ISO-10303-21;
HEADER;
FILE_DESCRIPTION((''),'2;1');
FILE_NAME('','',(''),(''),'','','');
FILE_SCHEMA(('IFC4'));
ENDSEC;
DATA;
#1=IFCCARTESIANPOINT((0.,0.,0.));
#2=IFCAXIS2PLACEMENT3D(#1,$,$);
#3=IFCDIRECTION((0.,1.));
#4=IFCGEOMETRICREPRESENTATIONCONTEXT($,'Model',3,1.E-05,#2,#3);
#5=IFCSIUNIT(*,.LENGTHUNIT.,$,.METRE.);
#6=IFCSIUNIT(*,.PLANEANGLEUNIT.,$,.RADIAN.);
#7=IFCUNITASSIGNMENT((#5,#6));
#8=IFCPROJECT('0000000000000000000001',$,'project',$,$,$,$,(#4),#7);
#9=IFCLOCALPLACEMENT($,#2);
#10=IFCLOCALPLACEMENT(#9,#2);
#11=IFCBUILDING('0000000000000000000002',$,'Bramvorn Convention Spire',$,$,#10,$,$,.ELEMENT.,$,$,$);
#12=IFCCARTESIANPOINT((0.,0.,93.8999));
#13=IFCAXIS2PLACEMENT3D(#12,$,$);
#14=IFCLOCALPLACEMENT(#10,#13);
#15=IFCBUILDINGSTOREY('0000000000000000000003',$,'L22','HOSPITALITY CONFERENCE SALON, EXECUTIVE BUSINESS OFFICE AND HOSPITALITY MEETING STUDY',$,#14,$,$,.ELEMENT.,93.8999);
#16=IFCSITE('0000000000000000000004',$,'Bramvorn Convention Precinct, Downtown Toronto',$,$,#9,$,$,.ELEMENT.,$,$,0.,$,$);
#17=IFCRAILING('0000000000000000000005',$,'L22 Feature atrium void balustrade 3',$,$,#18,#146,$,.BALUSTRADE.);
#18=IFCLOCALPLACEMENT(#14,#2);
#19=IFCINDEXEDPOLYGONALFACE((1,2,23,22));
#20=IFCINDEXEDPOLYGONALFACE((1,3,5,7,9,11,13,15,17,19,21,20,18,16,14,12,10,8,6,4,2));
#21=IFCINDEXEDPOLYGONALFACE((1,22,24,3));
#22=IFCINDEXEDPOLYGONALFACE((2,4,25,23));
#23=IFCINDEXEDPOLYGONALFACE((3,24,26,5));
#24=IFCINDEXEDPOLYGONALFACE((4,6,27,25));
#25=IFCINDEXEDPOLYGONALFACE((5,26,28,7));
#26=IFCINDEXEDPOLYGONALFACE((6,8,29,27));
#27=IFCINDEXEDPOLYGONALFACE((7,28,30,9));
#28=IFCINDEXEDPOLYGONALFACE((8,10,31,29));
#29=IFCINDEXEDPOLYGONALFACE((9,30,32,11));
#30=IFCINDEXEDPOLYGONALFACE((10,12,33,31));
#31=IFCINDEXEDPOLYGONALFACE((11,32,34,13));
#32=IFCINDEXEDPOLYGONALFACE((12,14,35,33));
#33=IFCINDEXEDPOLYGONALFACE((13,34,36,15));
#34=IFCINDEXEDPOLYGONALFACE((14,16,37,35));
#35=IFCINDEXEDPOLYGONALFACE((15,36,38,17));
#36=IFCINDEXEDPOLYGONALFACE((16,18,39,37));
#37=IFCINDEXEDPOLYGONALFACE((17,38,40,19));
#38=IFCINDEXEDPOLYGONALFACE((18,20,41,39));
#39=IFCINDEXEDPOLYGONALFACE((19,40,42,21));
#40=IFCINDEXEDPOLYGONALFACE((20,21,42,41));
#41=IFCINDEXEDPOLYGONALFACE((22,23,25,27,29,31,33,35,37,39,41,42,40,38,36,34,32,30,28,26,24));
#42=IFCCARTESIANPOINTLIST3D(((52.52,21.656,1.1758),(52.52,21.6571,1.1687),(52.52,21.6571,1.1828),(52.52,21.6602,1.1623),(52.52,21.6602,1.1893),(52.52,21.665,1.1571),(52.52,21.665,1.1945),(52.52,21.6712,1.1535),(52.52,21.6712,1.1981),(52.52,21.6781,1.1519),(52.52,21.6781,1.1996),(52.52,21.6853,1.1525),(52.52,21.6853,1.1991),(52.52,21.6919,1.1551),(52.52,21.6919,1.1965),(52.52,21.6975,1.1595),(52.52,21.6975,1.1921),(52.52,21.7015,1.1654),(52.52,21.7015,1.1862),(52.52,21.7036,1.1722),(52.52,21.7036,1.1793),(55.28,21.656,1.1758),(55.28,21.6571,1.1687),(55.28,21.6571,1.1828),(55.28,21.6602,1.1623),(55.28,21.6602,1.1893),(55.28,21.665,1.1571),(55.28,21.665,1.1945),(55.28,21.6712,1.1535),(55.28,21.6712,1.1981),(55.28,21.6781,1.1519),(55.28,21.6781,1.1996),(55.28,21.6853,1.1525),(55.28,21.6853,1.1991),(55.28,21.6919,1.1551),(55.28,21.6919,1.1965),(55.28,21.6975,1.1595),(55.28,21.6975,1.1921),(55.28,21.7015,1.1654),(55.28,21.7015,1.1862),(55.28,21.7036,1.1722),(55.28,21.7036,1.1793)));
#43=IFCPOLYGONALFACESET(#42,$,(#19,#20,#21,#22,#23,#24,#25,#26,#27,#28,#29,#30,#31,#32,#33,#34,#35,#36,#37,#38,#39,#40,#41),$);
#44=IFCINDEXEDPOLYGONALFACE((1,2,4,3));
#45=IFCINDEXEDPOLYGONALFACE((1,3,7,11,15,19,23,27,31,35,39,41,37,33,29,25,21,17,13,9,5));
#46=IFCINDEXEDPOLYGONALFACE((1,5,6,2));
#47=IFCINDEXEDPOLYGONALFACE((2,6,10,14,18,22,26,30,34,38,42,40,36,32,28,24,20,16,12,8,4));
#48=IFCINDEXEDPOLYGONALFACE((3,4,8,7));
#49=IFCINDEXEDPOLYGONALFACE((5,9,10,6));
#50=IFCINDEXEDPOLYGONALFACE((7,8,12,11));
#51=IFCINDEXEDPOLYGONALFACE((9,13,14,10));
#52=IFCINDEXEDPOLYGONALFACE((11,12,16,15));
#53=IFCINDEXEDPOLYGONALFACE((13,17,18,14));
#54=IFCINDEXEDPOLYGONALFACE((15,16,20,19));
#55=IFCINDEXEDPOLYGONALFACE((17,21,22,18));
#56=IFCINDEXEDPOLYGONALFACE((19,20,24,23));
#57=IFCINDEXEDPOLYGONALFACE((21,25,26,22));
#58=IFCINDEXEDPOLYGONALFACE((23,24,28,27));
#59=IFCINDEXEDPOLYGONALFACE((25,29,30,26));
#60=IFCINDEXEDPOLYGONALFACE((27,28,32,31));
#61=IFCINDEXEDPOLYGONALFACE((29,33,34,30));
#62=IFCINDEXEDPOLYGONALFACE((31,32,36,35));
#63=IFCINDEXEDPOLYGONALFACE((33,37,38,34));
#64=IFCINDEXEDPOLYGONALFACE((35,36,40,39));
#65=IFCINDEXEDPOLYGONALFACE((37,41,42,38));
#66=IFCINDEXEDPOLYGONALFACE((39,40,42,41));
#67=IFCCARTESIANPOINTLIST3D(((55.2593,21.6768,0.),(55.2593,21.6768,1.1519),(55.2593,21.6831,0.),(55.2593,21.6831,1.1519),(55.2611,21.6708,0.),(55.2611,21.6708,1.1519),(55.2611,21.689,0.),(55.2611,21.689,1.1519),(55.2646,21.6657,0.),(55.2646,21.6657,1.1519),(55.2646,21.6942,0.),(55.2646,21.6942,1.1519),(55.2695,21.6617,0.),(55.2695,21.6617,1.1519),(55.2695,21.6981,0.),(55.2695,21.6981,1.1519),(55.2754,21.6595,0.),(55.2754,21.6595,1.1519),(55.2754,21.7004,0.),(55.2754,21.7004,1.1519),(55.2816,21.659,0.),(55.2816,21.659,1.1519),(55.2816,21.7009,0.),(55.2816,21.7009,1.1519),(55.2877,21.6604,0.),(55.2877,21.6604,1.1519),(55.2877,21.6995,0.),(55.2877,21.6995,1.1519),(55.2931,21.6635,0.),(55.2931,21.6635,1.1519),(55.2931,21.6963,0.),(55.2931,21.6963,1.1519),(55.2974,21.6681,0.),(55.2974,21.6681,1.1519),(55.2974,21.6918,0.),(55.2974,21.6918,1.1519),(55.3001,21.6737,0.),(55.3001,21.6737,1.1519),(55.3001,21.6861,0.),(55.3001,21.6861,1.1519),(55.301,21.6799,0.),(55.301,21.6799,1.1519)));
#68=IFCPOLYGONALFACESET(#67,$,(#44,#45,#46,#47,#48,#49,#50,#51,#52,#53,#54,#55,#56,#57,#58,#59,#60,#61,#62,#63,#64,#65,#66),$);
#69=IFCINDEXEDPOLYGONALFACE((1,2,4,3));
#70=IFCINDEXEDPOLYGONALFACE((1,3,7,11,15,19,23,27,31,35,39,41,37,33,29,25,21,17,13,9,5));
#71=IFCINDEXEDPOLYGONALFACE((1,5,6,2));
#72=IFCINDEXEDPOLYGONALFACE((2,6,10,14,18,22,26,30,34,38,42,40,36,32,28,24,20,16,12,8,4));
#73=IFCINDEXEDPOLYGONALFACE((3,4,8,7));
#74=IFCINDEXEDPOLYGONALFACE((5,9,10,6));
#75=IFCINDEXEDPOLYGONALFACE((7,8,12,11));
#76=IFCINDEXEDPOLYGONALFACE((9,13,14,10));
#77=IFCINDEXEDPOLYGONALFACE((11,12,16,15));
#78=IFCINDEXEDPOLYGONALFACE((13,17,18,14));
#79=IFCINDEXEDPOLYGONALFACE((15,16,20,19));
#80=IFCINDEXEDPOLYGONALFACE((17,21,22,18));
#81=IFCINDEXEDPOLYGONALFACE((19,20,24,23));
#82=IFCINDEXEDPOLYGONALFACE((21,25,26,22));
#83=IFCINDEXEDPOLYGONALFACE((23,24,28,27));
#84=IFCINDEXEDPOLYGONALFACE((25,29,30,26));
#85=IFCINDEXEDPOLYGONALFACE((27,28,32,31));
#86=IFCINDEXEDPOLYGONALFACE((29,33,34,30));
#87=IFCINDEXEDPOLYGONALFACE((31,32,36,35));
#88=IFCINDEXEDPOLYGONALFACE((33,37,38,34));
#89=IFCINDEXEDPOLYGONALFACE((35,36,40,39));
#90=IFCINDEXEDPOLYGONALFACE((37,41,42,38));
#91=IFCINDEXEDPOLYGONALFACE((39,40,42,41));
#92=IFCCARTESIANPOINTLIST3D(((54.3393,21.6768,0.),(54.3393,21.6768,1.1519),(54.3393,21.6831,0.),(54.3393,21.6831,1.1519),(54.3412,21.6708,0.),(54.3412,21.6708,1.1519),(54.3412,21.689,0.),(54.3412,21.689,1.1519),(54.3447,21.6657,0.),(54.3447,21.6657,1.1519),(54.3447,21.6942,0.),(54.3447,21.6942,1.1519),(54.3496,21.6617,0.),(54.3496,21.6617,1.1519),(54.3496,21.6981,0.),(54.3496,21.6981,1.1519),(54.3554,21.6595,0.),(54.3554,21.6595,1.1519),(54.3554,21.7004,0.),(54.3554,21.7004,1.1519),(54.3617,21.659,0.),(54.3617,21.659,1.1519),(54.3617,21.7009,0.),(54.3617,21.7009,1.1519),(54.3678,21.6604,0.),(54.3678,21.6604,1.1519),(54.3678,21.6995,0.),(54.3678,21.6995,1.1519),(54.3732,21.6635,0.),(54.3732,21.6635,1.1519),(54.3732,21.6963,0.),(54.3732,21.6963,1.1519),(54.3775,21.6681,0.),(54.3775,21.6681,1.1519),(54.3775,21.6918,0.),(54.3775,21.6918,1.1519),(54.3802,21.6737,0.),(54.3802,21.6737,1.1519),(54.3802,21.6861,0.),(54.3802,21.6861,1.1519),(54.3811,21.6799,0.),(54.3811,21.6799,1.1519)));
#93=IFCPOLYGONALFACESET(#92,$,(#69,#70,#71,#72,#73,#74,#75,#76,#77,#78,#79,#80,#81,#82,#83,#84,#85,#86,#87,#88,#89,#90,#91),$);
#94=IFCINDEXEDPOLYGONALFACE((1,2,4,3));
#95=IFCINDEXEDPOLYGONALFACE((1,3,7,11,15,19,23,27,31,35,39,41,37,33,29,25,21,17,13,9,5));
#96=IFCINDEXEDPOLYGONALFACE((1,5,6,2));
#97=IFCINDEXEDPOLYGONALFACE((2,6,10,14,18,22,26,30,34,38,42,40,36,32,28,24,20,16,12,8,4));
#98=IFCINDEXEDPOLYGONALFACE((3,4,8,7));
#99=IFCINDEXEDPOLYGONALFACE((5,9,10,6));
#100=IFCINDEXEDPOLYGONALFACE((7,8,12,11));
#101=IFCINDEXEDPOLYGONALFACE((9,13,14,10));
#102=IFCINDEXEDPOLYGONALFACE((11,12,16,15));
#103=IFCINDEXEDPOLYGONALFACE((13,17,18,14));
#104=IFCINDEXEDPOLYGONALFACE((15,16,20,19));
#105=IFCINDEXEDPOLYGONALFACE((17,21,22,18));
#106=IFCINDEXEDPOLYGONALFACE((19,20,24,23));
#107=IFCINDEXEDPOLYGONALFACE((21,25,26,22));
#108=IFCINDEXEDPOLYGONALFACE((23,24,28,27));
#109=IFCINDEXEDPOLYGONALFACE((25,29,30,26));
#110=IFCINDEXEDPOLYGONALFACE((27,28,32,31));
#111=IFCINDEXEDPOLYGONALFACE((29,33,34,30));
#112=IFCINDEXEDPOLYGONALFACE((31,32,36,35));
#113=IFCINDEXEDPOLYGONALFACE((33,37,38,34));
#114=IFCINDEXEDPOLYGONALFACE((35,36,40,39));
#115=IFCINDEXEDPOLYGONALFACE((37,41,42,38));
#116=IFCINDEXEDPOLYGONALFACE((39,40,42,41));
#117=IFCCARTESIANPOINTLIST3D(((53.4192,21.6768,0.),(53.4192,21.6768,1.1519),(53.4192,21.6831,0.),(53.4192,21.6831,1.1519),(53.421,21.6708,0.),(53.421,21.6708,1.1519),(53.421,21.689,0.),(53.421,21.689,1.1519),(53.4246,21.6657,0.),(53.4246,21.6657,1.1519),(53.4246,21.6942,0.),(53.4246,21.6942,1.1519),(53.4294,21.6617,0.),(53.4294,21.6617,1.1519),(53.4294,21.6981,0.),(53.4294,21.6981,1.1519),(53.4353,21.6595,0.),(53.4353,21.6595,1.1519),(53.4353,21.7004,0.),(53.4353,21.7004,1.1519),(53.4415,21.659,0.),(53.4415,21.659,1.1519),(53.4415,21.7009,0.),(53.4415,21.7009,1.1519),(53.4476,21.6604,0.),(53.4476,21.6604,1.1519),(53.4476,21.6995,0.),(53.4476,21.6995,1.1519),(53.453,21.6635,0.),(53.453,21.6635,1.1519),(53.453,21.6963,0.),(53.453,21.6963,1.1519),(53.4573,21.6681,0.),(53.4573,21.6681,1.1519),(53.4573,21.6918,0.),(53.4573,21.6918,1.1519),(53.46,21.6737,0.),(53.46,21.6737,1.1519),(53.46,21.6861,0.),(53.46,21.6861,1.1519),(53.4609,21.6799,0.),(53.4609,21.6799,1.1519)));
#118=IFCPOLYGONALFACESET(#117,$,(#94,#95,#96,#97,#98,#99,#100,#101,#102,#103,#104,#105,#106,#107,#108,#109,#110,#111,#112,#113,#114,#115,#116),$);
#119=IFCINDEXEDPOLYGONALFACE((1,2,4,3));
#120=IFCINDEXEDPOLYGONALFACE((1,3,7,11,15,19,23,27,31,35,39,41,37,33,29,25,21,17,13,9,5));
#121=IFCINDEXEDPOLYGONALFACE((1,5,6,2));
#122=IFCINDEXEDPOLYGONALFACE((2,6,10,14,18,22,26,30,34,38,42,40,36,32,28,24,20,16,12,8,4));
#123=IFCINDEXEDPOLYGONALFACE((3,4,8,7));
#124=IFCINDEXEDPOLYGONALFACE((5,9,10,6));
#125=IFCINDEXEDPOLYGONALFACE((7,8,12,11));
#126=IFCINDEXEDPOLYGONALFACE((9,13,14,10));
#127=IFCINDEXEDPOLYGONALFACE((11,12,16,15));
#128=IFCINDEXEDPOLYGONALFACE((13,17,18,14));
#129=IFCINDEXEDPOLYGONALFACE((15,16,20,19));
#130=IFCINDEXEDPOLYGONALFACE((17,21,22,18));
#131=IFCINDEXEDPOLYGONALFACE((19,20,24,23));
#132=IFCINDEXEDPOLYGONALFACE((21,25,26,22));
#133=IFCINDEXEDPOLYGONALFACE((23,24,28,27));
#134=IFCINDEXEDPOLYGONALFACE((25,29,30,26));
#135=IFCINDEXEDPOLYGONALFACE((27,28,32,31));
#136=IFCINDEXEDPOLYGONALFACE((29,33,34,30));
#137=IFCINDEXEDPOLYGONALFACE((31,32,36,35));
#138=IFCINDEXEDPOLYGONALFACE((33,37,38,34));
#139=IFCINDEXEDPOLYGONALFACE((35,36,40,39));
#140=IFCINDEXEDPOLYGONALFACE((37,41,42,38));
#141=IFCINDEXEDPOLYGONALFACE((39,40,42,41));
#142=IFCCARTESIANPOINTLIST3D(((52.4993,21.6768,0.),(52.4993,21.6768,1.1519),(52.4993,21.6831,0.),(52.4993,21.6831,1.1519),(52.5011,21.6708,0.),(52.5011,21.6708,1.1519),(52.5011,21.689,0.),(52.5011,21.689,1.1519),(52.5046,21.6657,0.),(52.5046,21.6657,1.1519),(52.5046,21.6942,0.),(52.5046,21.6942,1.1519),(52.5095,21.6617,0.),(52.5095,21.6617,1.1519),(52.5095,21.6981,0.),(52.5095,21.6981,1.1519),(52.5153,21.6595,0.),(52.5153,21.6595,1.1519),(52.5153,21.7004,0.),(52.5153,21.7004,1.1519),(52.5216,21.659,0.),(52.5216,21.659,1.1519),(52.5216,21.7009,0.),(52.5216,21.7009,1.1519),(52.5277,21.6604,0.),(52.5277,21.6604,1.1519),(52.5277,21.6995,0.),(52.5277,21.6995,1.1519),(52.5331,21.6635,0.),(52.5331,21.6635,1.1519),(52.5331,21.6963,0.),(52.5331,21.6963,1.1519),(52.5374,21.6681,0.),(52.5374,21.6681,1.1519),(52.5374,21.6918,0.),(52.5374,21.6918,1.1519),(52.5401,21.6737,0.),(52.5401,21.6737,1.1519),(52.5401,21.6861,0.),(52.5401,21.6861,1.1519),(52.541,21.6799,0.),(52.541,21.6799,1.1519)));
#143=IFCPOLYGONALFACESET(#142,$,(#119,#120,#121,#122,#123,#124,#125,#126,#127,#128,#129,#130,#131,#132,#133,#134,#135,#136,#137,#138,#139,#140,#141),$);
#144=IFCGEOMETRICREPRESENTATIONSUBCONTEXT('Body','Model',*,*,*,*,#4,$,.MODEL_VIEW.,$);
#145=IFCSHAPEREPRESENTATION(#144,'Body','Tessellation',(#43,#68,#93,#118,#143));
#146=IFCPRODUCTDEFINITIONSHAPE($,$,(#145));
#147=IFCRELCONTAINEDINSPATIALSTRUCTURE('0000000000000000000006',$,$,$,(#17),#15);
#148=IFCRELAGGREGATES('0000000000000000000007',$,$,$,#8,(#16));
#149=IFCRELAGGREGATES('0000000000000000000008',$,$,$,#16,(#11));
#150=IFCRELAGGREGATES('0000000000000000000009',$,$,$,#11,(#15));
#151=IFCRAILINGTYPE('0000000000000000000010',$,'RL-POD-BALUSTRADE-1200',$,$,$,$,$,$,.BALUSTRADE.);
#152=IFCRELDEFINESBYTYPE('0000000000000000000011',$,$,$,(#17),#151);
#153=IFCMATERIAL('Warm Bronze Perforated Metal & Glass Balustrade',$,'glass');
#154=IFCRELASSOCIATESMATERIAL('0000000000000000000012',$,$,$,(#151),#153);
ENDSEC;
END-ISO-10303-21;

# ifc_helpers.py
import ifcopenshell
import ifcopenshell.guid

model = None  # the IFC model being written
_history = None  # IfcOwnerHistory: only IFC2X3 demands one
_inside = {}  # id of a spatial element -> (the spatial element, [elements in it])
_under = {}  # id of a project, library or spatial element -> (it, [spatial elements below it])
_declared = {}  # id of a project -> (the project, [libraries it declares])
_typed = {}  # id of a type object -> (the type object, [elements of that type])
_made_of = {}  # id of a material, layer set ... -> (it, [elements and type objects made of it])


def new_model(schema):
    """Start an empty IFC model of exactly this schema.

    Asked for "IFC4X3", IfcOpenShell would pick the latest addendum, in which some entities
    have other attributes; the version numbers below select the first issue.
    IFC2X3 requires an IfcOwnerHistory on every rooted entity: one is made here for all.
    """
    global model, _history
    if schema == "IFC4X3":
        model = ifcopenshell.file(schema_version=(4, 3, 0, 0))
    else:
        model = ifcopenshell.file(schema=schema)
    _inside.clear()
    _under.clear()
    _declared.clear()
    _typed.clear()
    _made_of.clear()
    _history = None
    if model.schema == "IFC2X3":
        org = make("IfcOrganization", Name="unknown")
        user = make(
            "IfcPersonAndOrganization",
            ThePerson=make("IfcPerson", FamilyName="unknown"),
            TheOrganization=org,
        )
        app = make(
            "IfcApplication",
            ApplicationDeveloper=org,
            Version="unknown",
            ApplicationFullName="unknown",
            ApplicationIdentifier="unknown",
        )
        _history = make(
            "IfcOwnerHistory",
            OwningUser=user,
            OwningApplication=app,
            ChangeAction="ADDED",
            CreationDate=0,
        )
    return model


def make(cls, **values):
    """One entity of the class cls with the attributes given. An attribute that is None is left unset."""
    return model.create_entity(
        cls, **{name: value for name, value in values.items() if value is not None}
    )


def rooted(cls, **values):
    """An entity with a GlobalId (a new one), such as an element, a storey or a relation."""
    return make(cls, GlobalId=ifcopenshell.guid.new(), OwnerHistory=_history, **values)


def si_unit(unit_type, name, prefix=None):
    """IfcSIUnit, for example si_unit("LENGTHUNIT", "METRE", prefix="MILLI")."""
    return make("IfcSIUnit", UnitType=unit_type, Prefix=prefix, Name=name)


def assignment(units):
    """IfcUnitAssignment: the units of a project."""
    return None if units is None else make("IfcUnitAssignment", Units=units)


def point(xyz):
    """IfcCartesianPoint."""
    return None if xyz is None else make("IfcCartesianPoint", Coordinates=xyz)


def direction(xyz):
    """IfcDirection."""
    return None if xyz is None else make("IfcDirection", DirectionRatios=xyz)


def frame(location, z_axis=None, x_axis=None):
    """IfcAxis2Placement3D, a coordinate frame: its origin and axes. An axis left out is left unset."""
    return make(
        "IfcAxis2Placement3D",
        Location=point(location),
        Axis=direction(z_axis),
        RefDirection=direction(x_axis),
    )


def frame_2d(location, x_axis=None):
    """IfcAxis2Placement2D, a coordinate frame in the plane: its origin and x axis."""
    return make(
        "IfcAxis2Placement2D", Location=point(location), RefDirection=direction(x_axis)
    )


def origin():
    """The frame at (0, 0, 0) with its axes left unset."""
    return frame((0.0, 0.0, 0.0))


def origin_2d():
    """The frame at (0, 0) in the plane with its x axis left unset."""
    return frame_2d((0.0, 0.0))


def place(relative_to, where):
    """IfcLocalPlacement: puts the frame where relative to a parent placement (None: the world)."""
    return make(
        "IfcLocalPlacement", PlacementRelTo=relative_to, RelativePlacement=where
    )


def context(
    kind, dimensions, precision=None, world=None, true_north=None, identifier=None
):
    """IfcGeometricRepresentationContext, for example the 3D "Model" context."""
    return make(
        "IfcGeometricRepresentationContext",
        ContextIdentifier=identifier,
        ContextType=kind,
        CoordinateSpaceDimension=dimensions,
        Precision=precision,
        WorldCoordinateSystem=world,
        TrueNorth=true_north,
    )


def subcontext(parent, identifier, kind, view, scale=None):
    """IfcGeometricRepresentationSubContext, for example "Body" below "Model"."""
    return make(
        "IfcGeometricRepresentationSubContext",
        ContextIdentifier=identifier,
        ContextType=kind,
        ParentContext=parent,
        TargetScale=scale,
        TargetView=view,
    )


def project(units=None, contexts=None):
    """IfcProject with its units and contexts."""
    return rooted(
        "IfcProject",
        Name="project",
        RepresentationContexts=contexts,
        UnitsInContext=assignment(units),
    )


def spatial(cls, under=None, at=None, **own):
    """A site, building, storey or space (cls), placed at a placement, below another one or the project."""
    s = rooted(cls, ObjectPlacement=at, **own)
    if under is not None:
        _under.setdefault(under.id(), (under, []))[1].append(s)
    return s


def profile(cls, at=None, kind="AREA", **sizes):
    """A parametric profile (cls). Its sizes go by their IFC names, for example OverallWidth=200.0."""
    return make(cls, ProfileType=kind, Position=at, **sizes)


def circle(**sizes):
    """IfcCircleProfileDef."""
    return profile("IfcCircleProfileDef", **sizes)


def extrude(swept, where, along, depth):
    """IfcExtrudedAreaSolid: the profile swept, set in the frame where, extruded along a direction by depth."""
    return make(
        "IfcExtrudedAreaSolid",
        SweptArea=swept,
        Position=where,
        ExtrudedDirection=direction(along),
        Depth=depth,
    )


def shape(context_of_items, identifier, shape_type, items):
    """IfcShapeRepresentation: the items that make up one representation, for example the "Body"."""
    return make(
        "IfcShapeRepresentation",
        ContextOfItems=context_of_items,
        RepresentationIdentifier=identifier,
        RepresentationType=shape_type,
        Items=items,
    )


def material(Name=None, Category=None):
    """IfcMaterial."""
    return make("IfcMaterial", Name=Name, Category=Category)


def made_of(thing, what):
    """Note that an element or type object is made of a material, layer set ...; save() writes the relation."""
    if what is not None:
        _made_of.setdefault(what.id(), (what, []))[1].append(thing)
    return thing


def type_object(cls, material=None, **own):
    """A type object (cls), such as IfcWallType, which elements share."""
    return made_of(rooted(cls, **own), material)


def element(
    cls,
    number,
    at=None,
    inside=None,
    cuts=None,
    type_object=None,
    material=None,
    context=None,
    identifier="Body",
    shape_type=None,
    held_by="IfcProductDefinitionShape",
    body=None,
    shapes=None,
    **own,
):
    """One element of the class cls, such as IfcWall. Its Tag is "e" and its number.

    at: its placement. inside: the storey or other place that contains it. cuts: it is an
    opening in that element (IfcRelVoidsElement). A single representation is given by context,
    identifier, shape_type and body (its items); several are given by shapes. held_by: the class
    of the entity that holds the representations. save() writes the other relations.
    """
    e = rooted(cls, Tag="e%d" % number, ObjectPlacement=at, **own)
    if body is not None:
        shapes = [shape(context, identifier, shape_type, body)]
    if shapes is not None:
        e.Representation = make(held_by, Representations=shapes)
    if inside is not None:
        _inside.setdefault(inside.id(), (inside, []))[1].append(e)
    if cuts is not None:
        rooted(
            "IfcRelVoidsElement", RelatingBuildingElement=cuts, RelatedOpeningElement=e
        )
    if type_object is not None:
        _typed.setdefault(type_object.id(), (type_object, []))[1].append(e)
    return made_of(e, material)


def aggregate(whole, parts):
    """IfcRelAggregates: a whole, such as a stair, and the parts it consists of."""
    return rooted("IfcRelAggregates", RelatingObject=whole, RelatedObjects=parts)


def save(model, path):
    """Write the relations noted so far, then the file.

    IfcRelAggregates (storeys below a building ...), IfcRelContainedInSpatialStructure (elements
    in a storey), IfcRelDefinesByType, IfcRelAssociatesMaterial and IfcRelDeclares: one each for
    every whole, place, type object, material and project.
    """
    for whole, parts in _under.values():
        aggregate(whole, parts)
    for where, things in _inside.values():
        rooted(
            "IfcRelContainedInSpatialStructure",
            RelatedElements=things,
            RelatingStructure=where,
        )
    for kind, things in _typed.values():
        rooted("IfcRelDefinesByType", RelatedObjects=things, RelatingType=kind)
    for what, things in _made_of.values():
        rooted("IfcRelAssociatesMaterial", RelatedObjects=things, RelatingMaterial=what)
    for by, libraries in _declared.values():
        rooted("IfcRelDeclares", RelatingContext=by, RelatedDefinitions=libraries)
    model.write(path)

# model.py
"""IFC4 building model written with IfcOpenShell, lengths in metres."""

from ifc_helpers import new_model, si_unit, direction, frame, origin, origin_2d, place, context, subcontext, project, spatial, circle, extrude, material, type_object, element, save


model = new_model("IFC4")

# Units and contexts
model_context = context("Model", 3, precision=1e-05, world=origin(), true_north=direction((0.0, 1.0)))
body_context = subcontext(model_context, "Body", "Model", "MODEL_VIEW")
ifc_project = project(units=[si_unit("LENGTHUNIT", "METRE"), si_unit("PLANEANGLEUNIT", "RADIAN")], contexts=[model_context])

# Site, building, storey
site_placement = place(None, origin())
site = spatial("IfcSite", under=ifc_project, at=site_placement, Name="Bramvorn Convention Precinct, Downtown Toronto", CompositionType="ELEMENT", RefElevation=0.0)
building_placement = place(site_placement, origin())
building = spatial("IfcBuilding", under=site, at=building_placement, Name="Bramvorn Convention Spire", CompositionType="ELEMENT")
storey_placement = place(building_placement, frame((0.0, 0.0, 93.8999)))
storey = spatial("IfcBuildingStorey", under=building, at=storey_placement, Name="L22", Description="HOSPITALITY CONFERENCE SALON, EXECUTIVE BUSINESS OFFICE AND HOSPITALITY MEETING STUDY", CompositionType="ELEMENT", Elevation=93.8999)

# Railing
ifc_material_1 = material(Name="Warm Bronze Perforated Metal & Glass Balustrade", Category="glass")
railing_type = type_object("IfcRailingType", Name="RL-POD-BALUSTRADE-1200", PredefinedType="BALUSTRADE", material=ifc_material_1)
railing_1_placement = place(storey_placement, frame((55.28, 21.6799, 0.0)))
element("IfcRailing", 1, at=railing_1_placement, inside=storey, type_object=railing_type, Name="L22 Feature atrium void balustrade 3", PredefinedType="BALUSTRADE", context=body_context, shape_type="SweptSolid", body=[
    extrude(circle(Radius=0.0239, at=origin_2d()), frame((0.0, 0.0, 1.1758), z_axis=(-1.0, 0.0, 0.0), x_axis=(0.0, -1.0, 0.0)), (0.0, 0.0, 1.0), 2.76),
    extrude(circle(Radius=0.021, at=origin_2d()), origin(), (0.0, 0.0, 1.0), 1.1519),
    extrude(circle(Radius=0.021, at=origin_2d()), frame((-0.9199, 0.0, 0.0)), (0.0, 0.0, 1.0), 1.1519),
    extrude(circle(Radius=0.021, at=origin_2d()), frame((-1.8401, 0.0, 0.0)), (0.0, 0.0, 1.0), 1.1519),
    extrude(circle(Radius=0.021, at=origin_2d()), frame((-2.76, 0.0, 0.0)), (0.0, 0.0, 1.0), 1.1519),
])

save(model, "model.ifc")
